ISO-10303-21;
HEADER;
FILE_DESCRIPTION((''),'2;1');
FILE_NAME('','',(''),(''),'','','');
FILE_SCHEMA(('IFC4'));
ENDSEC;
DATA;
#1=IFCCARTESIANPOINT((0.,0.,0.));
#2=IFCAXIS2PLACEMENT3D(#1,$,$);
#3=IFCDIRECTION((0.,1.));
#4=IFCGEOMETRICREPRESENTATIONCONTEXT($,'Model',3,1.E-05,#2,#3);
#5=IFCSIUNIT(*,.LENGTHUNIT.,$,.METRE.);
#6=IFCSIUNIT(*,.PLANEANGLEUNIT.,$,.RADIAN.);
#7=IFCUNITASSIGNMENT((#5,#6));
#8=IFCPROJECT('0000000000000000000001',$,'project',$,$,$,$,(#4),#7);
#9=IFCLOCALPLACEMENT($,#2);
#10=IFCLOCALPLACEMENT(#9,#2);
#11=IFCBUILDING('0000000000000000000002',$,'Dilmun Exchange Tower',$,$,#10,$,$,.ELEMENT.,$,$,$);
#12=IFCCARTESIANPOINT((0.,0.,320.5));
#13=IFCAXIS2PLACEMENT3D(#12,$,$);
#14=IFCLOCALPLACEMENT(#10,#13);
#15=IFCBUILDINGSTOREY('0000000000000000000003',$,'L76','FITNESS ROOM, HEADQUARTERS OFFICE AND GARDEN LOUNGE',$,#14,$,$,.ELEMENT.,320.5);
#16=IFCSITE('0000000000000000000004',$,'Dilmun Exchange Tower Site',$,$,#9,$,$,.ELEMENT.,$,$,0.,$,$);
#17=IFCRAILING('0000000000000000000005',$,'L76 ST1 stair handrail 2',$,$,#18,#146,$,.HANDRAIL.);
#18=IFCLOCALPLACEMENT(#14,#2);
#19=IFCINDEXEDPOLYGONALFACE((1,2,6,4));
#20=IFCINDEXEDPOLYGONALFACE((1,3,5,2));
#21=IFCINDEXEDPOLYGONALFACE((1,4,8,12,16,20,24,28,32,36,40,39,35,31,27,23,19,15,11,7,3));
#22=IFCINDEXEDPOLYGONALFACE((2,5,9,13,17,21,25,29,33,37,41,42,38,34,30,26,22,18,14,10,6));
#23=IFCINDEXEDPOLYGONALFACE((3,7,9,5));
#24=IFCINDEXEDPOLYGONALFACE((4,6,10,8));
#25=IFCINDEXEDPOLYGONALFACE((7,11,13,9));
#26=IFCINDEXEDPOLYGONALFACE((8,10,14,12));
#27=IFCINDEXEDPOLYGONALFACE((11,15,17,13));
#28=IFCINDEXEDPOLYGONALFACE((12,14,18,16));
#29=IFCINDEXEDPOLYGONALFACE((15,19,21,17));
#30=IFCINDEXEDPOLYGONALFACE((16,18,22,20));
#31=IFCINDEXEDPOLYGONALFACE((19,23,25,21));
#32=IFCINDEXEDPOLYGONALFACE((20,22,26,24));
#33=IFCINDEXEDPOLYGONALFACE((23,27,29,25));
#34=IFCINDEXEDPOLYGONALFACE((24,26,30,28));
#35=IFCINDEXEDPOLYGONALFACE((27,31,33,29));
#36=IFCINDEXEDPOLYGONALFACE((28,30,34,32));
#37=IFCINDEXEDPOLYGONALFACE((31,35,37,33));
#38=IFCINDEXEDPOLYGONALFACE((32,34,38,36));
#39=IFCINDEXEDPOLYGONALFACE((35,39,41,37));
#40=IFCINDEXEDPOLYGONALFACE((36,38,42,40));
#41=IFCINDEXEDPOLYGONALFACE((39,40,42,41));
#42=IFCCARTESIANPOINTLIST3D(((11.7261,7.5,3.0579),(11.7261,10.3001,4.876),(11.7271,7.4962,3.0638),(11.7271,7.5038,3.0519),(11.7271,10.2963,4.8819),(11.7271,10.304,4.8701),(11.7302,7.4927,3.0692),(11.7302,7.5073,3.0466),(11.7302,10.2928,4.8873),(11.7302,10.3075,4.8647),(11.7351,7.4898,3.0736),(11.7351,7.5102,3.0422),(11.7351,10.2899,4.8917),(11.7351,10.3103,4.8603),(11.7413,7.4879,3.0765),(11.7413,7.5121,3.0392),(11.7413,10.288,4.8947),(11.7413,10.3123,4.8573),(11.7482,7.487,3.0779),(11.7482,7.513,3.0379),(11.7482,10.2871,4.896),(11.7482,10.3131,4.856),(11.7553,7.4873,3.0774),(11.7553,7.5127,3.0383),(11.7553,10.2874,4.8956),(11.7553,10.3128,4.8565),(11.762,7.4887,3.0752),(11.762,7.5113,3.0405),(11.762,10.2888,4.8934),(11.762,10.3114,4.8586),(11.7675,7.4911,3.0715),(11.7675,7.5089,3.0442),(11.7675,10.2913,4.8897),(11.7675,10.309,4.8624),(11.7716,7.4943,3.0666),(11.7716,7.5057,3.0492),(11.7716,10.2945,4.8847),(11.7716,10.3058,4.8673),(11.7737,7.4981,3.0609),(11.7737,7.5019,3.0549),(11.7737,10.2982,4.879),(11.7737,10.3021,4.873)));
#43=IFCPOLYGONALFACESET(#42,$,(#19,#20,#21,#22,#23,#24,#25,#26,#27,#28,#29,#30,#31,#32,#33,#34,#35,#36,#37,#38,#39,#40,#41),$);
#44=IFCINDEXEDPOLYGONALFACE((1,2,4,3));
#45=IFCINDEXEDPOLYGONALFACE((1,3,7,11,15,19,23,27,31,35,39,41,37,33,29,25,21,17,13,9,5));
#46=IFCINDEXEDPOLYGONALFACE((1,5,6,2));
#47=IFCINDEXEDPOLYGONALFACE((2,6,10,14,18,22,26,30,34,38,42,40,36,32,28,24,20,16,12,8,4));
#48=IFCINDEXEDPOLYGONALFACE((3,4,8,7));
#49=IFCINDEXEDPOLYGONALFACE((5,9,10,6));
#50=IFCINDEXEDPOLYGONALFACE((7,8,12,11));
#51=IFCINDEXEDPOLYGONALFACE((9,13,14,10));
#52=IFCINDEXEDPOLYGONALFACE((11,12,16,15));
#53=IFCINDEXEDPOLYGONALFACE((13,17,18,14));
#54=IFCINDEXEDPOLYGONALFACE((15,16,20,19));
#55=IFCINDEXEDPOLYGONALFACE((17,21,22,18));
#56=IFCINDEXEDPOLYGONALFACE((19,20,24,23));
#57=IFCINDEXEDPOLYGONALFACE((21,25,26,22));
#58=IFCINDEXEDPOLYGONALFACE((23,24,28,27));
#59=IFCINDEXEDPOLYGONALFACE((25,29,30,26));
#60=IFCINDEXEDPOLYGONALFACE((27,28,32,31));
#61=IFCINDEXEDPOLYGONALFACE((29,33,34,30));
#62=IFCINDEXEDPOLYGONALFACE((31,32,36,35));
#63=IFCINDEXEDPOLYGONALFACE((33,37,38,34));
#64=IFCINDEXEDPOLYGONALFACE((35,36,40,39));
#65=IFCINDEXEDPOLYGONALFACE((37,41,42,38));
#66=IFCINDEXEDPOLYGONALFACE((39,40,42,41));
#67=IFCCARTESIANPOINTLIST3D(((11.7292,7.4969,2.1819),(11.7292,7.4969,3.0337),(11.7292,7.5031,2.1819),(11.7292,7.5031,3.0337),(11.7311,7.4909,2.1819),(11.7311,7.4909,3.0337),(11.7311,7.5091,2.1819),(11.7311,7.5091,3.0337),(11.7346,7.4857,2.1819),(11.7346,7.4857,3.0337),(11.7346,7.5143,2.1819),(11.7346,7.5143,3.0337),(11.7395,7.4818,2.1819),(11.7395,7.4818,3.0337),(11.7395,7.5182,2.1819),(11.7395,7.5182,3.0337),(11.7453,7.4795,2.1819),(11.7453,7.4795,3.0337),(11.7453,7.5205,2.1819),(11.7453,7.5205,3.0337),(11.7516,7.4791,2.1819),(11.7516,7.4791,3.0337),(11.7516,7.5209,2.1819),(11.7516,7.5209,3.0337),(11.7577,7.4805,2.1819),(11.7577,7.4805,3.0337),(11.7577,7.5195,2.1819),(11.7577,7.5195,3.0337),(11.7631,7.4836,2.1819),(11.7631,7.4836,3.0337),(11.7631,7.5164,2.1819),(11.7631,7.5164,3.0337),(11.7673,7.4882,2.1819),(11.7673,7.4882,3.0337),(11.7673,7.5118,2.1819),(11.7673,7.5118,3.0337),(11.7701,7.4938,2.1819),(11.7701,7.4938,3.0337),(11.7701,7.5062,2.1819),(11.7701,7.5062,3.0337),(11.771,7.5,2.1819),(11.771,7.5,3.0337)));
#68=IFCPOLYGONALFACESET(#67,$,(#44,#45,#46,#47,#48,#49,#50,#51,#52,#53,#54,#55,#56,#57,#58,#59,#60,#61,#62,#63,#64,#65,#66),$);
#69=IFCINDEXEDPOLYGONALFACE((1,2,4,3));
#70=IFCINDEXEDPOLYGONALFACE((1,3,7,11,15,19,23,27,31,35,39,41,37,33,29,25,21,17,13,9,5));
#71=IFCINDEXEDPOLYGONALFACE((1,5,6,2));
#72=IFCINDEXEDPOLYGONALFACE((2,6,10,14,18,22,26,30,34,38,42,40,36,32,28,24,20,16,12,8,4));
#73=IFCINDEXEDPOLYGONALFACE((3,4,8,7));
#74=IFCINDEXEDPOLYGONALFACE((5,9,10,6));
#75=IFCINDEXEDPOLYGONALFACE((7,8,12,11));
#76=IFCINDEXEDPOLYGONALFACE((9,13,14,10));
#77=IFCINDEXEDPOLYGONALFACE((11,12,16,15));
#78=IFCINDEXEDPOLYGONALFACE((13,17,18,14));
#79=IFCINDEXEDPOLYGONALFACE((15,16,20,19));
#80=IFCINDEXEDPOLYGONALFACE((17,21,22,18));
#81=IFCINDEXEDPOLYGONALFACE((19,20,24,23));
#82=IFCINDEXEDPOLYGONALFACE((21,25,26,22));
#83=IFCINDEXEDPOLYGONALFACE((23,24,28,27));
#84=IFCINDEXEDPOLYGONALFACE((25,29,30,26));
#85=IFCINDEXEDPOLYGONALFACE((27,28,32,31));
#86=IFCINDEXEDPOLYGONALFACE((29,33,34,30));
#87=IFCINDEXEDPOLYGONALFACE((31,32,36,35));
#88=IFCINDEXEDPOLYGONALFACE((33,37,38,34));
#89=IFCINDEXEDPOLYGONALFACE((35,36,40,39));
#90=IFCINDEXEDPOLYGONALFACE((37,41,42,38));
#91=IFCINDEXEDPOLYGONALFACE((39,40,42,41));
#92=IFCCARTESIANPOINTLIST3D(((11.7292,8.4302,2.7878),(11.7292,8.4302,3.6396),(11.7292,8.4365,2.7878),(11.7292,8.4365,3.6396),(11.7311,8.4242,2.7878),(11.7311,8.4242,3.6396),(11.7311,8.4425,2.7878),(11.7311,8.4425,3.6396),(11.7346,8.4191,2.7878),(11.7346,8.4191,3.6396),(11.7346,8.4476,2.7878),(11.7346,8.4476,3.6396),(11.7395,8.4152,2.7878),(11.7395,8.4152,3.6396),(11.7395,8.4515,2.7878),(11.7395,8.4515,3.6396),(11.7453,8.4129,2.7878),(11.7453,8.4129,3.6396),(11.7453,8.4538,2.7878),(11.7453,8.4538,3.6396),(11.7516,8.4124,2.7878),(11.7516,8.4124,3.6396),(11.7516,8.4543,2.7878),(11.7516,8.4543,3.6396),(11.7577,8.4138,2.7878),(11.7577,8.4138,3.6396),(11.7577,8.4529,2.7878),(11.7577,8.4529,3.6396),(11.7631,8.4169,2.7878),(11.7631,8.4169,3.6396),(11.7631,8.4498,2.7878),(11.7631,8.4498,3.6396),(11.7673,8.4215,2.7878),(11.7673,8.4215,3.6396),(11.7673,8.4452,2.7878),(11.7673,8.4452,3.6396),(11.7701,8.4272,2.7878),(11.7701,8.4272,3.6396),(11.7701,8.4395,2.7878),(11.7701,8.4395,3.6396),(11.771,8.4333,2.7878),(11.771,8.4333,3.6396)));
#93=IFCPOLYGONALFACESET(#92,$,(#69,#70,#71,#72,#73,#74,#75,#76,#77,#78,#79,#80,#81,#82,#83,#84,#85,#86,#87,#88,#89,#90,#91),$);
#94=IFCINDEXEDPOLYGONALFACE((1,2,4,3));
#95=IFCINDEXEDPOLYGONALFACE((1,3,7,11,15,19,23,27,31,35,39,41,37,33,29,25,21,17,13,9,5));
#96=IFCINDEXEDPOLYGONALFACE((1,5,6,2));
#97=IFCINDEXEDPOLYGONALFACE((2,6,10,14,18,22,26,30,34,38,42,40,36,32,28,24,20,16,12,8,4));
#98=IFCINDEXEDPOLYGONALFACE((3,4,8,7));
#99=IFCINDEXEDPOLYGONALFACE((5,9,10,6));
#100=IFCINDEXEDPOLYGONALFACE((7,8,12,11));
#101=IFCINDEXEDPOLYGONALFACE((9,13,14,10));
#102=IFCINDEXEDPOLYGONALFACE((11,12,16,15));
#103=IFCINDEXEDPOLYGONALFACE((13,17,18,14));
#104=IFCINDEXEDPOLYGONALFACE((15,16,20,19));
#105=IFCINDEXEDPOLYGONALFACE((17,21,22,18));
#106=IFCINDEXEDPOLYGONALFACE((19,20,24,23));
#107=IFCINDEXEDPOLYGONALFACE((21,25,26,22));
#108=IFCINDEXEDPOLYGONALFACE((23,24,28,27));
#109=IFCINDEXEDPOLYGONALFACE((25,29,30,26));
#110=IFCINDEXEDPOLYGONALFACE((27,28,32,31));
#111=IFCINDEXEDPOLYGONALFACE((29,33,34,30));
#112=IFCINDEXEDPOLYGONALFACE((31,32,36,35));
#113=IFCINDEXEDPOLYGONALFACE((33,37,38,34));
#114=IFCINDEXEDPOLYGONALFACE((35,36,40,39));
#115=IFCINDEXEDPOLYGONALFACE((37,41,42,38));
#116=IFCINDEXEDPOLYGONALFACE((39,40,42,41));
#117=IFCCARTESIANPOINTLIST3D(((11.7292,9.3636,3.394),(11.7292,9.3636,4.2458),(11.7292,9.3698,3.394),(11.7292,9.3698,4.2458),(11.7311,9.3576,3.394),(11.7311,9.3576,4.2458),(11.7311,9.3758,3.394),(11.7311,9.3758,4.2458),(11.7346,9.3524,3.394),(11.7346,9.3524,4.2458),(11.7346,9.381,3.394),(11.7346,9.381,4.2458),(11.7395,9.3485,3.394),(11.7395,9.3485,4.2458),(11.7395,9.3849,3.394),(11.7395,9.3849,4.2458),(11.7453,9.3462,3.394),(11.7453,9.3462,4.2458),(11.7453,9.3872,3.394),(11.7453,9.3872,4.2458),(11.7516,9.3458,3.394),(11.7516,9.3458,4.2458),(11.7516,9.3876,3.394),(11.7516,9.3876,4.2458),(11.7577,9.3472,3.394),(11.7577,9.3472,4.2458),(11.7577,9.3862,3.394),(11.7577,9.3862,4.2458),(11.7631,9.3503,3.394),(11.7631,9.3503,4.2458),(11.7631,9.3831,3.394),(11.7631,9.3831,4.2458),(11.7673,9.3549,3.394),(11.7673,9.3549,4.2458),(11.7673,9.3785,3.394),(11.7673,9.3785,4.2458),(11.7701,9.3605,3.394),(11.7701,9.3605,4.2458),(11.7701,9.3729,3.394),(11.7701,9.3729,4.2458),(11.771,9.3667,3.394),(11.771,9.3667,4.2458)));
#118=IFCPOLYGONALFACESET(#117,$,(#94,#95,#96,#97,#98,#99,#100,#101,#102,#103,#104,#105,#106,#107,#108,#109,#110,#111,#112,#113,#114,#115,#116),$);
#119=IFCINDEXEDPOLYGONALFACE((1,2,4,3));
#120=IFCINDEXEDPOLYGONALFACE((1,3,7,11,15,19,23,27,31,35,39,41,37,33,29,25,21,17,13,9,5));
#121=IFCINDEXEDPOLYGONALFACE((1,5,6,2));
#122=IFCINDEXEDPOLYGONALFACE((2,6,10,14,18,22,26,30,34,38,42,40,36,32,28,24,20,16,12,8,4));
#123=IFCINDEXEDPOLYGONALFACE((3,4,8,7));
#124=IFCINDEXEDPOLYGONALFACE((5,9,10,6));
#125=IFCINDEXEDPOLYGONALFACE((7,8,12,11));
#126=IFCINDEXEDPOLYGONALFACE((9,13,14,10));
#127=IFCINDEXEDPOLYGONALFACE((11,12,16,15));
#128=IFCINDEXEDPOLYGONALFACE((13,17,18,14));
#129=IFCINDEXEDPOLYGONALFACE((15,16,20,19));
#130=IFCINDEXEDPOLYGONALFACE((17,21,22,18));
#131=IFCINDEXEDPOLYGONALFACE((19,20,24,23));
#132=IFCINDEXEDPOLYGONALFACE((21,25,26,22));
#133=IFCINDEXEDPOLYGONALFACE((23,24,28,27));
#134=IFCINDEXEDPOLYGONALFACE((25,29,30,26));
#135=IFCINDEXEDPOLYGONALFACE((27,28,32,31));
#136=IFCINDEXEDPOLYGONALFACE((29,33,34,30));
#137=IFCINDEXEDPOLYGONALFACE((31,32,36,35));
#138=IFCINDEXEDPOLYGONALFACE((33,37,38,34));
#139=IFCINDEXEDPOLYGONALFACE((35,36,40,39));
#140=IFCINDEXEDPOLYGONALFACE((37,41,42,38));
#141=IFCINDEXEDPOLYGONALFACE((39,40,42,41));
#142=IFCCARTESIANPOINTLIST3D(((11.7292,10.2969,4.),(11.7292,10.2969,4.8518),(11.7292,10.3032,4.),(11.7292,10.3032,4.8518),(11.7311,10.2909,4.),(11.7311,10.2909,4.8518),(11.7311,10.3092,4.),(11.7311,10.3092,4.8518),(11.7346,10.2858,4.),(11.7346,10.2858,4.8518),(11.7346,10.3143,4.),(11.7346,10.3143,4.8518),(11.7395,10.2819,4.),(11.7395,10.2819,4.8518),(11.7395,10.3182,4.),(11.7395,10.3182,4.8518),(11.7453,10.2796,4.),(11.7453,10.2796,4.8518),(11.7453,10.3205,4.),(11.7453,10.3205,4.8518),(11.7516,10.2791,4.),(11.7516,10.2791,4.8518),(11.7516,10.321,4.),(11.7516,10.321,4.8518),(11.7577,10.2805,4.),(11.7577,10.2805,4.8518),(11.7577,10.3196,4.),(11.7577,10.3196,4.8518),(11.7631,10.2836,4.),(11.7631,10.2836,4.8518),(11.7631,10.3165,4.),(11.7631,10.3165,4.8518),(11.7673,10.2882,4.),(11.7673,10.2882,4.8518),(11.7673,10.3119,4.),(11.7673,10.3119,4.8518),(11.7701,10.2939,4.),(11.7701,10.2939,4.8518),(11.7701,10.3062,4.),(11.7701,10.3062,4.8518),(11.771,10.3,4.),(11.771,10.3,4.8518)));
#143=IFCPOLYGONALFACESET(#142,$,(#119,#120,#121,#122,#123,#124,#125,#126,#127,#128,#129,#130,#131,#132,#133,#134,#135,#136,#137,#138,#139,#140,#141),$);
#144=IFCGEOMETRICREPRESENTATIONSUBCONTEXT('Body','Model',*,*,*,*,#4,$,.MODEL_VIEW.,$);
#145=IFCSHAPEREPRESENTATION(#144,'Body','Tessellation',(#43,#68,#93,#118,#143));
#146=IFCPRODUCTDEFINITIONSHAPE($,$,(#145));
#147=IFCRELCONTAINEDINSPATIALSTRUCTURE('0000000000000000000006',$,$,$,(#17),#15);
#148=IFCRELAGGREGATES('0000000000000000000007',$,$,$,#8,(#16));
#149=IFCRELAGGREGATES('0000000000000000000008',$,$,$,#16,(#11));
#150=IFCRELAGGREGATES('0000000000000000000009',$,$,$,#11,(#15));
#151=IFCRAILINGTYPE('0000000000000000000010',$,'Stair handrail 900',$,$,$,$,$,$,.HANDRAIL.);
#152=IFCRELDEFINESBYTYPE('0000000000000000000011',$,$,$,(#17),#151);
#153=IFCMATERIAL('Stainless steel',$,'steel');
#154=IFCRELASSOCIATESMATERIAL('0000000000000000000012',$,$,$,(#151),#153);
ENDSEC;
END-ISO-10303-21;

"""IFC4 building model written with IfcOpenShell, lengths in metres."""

from ifc_helpers import new_model, si_unit, direction, frame, origin, origin_2d, place, context, subcontext, project, spatial, circle, extrude, material, type_object, element, save


model = new_model("IFC4")

# Units and contexts
model_context = context("Model", 3, precision=1e-05, world=origin(), true_north=direction((0.0, 1.0)))
body_context = subcontext(model_context, "Body", "Model", "MODEL_VIEW")
ifc_project = project(units=[si_unit("LENGTHUNIT", "METRE"), si_unit("PLANEANGLEUNIT", "RADIAN")], contexts=[model_context])

# Site, building, storey
site_placement = place(None, origin())
site = spatial("IfcSite", under=ifc_project, at=site_placement, Name="Dilmun Exchange Tower Site", CompositionType="ELEMENT", RefElevation=0.0)
building_placement = place(site_placement, origin())
building = spatial("IfcBuilding", under=site, at=building_placement, Name="Dilmun Exchange Tower", CompositionType="ELEMENT")
storey_placement = place(building_placement, frame((0.0, 0.0, 320.5)))
storey = spatial("IfcBuildingStorey", under=building, at=storey_placement, Name="L76", Description="FITNESS ROOM, HEADQUARTERS OFFICE AND GARDEN LOUNGE", CompositionType="ELEMENT", Elevation=320.5)

# Railing
ifc_material_1 = material(Name="Stainless steel", Category="steel")
railing_type = type_object("IfcRailingType", Name="Stair handrail 900", PredefinedType="HANDRAIL", material=ifc_material_1)
railing_1_placement = place(storey_placement, frame((11.75, 7.5, 2.1819)))
element("IfcRailing", 1, at=railing_1_placement, inside=storey, type_object=railing_type, Name="L76 ST1 stair handrail 2", PredefinedType="HANDRAIL", context=body_context, shape_type="SweptSolid", body=[
    extrude(circle(Radius=0.0239, at=origin_2d()), frame((0.0, 0.0, 0.876), z_axis=(0.0, 0.838706, 0.544585), x_axis=(-1.0, 0.0, 0.0)), (0.0, 0.0, 1.0), 3.3386),
    extrude(circle(Radius=0.021, at=origin_2d()), origin(), (0.0, 0.0, 1.0), 0.8518),
    extrude(circle(Radius=0.021, at=origin_2d()), frame((0.0, 0.9333, 0.606)), (0.0, 0.0, 1.0), 0.8518),
    extrude(circle(Radius=0.021, at=origin_2d()), frame((0.0, 1.8667, 1.2122)), (0.0, 0.0, 1.0), 0.8518),
    extrude(circle(Radius=0.021, at=origin_2d()), frame((0.0, 2.8, 1.8181)), (0.0, 0.0, 1.0), 0.8518),
])

save(model, "model.ifc")
